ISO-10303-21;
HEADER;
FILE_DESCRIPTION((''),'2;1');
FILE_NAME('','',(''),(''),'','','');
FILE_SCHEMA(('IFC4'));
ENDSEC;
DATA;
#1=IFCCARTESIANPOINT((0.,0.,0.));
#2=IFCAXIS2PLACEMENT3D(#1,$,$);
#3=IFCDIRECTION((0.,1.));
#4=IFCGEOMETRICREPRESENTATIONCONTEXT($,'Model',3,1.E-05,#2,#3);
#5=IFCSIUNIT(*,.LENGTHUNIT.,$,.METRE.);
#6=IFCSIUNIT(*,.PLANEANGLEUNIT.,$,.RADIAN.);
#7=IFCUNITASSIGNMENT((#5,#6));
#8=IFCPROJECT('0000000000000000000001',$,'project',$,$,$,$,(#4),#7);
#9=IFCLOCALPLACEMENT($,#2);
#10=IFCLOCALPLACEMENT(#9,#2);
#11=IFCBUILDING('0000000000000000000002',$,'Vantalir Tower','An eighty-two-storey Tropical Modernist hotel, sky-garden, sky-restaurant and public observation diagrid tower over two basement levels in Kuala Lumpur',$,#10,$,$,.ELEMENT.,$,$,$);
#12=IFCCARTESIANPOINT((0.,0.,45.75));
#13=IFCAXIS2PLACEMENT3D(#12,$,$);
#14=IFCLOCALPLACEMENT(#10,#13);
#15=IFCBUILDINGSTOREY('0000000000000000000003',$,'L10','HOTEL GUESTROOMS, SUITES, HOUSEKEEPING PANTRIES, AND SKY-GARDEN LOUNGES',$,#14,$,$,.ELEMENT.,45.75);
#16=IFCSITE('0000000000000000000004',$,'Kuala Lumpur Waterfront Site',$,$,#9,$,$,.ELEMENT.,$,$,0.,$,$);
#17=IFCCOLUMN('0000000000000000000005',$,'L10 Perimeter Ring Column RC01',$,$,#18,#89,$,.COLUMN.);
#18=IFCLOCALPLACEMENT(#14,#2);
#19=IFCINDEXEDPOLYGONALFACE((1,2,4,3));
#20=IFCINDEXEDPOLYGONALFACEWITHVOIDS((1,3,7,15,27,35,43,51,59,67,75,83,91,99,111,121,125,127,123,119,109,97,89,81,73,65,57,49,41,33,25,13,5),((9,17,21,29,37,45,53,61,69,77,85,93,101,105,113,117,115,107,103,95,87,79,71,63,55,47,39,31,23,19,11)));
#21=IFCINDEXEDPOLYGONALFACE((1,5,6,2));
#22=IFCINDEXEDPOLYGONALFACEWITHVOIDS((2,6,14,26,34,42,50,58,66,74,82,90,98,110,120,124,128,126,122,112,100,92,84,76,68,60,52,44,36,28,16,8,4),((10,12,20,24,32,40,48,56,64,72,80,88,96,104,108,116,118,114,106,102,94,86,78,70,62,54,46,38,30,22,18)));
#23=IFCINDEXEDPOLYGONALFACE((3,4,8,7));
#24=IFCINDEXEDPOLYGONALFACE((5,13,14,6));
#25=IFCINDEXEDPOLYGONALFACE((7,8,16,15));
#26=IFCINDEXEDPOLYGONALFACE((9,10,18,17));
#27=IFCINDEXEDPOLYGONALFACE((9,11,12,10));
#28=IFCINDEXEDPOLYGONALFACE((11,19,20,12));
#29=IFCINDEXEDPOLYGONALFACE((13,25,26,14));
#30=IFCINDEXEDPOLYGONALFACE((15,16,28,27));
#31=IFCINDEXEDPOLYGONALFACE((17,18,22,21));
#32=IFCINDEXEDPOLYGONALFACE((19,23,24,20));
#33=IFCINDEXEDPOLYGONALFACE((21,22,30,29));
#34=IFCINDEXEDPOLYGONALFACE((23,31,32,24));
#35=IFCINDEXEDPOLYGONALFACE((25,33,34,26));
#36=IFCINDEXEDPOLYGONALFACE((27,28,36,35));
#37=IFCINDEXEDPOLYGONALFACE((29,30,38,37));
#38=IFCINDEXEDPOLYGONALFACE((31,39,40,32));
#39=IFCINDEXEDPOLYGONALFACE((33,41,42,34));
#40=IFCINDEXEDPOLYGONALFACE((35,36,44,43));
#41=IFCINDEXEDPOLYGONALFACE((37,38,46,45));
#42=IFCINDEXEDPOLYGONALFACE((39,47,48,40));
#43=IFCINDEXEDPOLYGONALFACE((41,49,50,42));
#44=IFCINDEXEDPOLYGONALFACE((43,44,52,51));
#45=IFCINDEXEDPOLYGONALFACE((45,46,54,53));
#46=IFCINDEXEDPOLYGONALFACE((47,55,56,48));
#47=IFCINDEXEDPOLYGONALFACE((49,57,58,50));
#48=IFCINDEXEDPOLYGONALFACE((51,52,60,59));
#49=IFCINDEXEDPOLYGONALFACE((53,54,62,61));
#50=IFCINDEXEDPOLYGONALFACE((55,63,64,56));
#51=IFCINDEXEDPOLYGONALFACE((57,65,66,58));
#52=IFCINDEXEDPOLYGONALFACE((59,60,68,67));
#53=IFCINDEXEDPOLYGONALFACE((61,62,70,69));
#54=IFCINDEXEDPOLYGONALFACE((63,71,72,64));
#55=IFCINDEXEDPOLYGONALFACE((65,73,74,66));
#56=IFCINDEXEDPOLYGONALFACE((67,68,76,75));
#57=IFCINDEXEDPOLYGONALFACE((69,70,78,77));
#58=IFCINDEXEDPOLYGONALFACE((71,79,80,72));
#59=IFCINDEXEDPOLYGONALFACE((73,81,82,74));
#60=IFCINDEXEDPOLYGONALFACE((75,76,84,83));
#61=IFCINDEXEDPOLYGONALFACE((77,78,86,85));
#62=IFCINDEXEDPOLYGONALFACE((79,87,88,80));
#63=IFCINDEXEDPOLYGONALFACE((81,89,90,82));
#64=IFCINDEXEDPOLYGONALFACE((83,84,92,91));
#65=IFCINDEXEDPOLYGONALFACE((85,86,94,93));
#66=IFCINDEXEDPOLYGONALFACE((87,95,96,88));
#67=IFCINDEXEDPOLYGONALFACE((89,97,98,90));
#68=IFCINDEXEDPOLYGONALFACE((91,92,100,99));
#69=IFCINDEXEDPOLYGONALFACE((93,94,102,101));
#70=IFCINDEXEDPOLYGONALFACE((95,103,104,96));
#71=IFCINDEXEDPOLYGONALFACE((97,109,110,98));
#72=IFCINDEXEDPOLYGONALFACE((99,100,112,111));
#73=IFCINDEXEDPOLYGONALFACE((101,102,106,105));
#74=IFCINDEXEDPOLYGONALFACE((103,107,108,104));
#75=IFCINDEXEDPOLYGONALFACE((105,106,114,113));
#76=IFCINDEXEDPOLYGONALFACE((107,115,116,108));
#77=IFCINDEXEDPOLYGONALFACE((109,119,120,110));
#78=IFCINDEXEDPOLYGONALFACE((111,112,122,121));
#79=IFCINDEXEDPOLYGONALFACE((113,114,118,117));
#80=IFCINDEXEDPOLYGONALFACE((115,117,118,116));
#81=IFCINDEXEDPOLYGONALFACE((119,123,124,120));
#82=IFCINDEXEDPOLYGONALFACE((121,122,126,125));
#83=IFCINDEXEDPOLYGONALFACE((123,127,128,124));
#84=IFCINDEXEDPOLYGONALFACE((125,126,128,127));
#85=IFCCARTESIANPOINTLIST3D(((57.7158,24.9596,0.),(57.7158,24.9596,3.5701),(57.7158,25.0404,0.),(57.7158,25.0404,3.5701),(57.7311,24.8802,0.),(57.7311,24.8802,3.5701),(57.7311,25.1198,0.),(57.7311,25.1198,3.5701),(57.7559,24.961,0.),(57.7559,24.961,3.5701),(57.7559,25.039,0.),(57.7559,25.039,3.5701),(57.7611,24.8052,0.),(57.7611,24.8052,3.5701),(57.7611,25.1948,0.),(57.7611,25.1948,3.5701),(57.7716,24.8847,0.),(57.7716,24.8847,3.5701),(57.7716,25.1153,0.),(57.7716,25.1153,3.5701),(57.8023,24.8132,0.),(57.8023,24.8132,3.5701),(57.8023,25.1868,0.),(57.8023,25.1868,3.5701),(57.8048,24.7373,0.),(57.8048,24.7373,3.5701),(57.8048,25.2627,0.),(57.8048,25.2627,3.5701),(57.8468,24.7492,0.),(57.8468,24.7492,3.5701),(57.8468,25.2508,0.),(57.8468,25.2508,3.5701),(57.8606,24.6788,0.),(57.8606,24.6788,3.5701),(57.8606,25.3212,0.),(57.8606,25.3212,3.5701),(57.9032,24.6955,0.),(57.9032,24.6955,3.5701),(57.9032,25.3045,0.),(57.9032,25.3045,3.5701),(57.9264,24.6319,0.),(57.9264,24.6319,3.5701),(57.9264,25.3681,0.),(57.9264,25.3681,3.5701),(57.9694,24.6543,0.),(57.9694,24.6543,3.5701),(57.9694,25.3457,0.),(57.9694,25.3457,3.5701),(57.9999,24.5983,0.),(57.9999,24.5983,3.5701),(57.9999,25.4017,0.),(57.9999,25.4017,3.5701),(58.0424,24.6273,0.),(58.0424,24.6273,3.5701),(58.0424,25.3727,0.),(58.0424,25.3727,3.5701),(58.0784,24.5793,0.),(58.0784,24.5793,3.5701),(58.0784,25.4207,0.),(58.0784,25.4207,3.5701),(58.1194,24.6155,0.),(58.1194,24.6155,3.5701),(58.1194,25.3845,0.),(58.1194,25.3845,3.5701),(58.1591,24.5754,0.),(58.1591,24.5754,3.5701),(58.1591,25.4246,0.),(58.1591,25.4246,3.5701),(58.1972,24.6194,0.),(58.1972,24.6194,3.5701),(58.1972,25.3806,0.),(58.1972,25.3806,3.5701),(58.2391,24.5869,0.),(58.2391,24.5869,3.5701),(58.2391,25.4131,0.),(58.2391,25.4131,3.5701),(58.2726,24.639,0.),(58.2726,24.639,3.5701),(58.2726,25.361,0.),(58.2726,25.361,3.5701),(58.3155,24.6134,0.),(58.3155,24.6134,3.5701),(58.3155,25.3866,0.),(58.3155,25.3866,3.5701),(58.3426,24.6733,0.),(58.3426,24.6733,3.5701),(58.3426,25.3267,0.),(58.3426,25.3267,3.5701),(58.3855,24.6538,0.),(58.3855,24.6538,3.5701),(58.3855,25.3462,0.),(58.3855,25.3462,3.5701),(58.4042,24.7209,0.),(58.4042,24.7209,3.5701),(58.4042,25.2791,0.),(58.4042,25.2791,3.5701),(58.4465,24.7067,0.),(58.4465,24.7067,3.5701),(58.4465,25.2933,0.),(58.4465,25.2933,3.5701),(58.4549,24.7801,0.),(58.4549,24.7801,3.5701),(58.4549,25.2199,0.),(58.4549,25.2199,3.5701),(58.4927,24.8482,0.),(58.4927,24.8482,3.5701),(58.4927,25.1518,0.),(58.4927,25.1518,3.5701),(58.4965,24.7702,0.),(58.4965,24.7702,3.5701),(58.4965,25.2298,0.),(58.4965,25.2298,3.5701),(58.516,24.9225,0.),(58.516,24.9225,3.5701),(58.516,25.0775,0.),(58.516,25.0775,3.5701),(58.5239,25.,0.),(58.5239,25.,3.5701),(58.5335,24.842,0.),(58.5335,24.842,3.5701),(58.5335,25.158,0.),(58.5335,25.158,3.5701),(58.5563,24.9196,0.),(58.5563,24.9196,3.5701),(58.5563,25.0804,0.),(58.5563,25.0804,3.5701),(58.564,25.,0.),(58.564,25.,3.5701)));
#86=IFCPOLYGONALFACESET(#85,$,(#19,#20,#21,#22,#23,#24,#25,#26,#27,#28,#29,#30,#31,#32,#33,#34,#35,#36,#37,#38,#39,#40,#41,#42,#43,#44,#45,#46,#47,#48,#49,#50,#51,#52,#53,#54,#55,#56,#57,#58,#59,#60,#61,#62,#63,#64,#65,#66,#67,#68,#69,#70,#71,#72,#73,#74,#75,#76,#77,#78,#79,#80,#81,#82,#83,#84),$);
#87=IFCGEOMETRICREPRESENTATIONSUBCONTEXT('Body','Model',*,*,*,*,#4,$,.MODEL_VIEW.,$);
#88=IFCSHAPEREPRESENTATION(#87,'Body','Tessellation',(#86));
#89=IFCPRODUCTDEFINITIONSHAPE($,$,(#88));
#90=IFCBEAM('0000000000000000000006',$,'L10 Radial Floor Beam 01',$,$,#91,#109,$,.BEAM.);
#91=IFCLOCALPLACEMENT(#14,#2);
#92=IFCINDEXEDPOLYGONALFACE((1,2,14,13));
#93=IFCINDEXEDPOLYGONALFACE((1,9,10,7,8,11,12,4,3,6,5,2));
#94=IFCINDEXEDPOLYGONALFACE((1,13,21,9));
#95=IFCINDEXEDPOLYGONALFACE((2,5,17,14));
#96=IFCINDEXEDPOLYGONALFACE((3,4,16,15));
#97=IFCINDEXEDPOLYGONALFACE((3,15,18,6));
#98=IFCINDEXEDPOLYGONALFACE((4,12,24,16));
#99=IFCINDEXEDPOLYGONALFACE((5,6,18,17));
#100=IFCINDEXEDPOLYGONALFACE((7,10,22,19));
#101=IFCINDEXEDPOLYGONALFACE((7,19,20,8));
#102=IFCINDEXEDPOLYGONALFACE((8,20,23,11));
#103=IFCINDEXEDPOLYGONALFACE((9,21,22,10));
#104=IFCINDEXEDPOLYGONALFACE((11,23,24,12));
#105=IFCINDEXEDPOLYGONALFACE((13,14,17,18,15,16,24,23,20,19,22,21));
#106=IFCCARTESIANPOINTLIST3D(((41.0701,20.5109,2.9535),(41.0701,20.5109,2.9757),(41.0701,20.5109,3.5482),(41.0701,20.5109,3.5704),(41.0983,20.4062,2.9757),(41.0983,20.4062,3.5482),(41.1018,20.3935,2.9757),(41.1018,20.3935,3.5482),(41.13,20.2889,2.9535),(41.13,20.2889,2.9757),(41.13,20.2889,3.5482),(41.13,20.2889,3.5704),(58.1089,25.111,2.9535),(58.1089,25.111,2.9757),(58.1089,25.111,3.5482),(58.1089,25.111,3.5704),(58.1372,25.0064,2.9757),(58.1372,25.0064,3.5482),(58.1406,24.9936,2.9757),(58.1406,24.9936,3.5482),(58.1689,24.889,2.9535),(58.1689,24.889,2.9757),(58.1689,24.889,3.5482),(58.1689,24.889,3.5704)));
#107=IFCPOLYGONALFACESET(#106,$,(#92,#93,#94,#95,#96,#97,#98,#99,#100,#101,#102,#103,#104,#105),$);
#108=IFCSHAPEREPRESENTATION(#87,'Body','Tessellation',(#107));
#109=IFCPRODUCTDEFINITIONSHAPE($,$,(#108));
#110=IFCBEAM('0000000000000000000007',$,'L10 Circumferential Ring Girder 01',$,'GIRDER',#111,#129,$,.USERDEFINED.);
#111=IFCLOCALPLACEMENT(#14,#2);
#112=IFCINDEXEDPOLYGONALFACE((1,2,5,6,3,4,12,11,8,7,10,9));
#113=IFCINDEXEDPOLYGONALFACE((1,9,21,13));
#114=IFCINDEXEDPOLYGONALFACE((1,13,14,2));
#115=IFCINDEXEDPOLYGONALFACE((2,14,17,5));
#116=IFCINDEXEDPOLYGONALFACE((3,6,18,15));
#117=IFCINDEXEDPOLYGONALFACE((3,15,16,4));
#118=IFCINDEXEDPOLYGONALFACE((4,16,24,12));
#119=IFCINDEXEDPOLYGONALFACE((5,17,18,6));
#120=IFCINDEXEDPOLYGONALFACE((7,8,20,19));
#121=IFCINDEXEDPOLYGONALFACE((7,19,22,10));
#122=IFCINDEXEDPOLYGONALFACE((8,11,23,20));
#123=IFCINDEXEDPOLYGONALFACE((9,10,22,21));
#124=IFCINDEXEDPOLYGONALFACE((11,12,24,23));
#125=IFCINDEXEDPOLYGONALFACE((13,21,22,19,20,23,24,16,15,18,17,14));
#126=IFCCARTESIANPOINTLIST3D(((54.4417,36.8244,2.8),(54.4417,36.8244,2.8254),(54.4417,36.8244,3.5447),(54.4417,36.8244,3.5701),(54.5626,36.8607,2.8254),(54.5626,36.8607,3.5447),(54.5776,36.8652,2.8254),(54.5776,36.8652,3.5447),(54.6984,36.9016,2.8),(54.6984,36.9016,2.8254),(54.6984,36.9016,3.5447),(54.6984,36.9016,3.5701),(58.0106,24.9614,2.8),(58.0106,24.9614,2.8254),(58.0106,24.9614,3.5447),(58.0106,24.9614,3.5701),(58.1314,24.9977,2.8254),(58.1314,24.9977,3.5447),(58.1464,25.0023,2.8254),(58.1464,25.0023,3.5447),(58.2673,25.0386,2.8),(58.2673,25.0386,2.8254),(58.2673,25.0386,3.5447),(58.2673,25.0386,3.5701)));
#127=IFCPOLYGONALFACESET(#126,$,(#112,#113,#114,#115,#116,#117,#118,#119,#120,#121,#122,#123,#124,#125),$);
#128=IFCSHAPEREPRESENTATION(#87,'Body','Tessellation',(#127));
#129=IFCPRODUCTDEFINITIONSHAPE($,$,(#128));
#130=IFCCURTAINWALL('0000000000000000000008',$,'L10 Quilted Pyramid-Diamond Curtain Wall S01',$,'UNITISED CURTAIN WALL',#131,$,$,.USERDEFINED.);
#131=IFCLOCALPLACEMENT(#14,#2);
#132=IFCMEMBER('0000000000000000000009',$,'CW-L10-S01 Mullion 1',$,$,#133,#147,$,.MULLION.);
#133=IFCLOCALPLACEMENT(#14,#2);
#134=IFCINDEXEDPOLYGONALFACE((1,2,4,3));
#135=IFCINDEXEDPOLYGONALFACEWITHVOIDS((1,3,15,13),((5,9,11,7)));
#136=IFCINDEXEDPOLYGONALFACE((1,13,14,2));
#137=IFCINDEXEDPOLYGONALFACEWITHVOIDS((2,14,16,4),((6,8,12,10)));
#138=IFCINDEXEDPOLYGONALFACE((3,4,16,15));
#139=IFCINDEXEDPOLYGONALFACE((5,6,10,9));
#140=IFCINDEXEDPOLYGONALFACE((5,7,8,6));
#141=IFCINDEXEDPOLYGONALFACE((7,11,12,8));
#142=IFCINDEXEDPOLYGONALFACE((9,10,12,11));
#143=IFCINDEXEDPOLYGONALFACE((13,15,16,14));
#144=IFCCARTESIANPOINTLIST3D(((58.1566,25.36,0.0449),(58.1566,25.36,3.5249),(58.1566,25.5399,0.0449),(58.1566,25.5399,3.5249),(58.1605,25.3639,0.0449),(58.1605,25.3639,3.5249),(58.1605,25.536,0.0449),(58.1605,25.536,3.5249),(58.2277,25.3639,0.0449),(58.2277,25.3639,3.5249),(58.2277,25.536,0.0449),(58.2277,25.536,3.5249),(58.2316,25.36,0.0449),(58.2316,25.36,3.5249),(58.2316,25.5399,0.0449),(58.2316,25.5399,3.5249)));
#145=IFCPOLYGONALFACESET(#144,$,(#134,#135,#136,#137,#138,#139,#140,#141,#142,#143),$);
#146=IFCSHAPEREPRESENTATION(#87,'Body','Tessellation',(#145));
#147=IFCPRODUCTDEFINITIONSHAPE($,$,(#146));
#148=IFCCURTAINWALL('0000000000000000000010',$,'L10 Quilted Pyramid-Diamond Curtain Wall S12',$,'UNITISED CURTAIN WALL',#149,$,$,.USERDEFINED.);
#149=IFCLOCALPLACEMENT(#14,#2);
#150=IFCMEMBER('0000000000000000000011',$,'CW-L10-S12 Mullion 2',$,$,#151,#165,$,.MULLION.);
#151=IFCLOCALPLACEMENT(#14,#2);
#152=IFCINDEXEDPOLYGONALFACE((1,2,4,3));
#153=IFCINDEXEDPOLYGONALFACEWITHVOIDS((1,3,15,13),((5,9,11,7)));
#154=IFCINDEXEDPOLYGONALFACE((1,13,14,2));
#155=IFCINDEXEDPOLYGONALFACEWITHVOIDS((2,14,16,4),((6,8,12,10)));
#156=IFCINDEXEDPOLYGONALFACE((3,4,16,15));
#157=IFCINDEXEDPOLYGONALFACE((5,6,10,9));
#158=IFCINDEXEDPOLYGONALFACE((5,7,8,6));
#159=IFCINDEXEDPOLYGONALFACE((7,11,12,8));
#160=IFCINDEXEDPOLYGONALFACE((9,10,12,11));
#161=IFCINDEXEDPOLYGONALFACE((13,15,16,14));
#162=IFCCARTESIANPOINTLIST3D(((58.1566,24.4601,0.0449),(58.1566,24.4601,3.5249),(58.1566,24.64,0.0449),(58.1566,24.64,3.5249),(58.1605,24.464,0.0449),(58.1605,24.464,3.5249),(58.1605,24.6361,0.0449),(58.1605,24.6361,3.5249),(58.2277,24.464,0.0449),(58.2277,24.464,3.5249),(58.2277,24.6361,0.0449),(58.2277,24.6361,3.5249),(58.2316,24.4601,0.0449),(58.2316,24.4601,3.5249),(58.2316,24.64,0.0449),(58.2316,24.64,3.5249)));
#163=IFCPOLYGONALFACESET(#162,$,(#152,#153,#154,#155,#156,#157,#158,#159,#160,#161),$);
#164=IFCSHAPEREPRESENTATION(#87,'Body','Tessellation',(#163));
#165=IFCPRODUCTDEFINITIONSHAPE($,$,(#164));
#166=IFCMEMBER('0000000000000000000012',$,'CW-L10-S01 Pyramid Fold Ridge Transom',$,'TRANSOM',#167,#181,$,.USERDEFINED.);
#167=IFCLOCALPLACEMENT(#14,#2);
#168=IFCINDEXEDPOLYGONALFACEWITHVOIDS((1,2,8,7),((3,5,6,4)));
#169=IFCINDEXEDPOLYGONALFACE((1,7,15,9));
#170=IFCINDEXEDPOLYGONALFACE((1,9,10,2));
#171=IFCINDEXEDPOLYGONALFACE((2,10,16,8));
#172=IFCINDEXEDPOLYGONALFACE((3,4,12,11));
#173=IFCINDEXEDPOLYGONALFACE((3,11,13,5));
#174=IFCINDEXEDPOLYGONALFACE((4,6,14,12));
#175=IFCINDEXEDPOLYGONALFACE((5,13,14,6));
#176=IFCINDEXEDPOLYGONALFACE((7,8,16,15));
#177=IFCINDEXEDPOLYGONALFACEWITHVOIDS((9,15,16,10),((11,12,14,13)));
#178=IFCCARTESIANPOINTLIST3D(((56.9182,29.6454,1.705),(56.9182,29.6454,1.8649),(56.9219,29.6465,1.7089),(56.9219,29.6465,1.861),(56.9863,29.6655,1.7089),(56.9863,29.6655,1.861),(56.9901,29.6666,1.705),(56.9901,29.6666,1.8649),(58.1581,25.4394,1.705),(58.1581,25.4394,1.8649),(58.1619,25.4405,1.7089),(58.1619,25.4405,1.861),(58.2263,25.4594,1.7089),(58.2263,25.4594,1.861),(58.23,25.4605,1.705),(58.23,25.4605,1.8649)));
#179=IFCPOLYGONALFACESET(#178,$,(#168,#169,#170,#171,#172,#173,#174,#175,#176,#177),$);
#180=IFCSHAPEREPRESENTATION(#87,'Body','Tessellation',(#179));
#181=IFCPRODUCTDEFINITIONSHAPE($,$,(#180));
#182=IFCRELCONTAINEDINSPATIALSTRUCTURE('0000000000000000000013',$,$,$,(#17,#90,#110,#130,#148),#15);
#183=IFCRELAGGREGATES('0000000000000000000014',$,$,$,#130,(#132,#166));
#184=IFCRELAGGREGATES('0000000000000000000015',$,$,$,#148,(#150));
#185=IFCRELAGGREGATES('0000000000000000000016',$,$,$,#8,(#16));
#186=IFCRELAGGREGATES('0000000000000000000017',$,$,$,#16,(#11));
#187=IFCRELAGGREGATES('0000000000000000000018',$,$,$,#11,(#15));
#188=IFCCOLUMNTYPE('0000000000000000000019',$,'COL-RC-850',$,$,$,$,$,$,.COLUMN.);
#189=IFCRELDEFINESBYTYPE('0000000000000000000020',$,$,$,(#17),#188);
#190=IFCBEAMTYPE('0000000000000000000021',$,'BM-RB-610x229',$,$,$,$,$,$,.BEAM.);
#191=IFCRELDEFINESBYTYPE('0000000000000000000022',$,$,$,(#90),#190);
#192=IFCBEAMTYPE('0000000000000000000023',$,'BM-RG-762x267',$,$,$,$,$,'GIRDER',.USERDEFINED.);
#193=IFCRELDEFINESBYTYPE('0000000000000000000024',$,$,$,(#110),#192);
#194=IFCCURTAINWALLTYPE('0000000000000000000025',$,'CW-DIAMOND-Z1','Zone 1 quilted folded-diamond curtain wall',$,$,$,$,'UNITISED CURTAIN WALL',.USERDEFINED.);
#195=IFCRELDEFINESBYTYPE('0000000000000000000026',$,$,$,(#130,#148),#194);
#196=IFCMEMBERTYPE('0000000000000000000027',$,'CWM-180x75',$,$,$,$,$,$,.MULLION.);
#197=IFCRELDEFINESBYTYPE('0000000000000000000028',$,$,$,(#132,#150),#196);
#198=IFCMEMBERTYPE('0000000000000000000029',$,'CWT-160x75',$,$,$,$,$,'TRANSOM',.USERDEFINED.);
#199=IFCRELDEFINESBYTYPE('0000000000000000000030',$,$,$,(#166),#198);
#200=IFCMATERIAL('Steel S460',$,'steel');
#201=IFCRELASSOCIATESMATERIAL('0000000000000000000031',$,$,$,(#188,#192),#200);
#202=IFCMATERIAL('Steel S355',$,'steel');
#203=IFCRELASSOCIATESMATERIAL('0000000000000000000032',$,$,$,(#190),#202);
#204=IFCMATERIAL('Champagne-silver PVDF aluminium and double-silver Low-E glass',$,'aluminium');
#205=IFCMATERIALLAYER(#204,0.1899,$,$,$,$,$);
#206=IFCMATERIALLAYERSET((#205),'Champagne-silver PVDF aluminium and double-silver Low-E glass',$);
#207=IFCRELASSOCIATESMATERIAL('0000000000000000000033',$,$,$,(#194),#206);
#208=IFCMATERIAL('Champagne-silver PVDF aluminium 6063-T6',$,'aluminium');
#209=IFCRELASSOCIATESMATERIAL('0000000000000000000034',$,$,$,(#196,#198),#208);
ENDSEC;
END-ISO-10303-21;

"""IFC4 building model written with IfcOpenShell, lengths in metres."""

from ifc_helpers import new_model, si_unit, direction, frame, origin, origin_2d, place, context, subcontext, project, spatial, hollow_rectangle, hollow_circle, i_section, extrude, material, layer, layer_set, material_profile, profile_set, type_object, element, aggregate, save


model = new_model("IFC4")

# Units and contexts
model_context = context("Model", 3, precision=1e-05, world=origin(), true_north=direction((0.0, 1.0)))
body_context = subcontext(model_context, "Body", "Model", "MODEL_VIEW")
ifc_project = project(units=[si_unit("LENGTHUNIT", "METRE"), si_unit("PLANEANGLEUNIT", "RADIAN")], contexts=[model_context])

# Site, building, storey
site_placement = place(None, origin())
site = spatial("IfcSite", under=ifc_project, at=site_placement, Name="Kuala Lumpur Waterfront Site", CompositionType="ELEMENT", RefElevation=0.0)
building_placement = place(site_placement, origin())
building = spatial("IfcBuilding", under=site, at=building_placement, Name="Vantalir Tower", Description="An eighty-two-storey Tropical Modernist hotel, sky-garden, sky-restaurant and public observation diagrid tower over two basement levels in Kuala Lumpur", CompositionType="ELEMENT")
storey_placement = place(building_placement, frame((0.0, 0.0, 45.75)))
storey = spatial("IfcBuildingStorey", under=building, at=storey_placement, Name="L10", Description="HOTEL GUESTROOMS, SUITES, HOUSEKEEPING PANTRIES, AND SKY-GARDEN LOUNGES", CompositionType="ELEMENT", Elevation=45.75)

# Column
ifc_material_1 = material(Name="Steel S460", Category="steel")
ifc_material_profile_1 = material_profile(ifc_material_1, hollow_circle(Radius=0.425, WallThickness=0.04, at=origin_2d()), Name="Steel S460")
ifc_profile_set_1 = profile_set([ifc_material_profile_1], Name="Steel S460")
column_type = type_object("IfcColumnType", Name="COL-RC-850", PredefinedType="COLUMN", material=ifc_profile_set_1)
column_placement = place(storey_placement, frame((58.1389, 25.0, 0.0), z_axis=(0.0, 0.0, 1.0), x_axis=(1.0, 0.0, 0.0)))
element("IfcColumn", 1, at=column_placement, inside=storey, type_object=column_type, Name="L10 Perimeter Ring Column RC01", PredefinedType="COLUMN", context=body_context, shape_type="SweptSolid", body=[
    extrude(hollow_circle(Radius=0.425, WallThickness=0.04, at=origin_2d()), origin(), (0.0, 0.0, 1.0), 3.5701),
])

# Beams
ifc_material_2 = material(Name="Steel S355", Category="steel")
ifc_material_profile_2 = material_profile(ifc_material_2, i_section(OverallWidth=0.23, OverallDepth=0.6169, WebThickness=0.0132, FlangeThickness=0.0222, at=origin_2d()), Name="Steel S355")
ifc_profile_set_2 = profile_set([ifc_material_profile_2], Name="Steel S355")
beam_type_1 = type_object("IfcBeamType", Name="BM-RB-610x229", PredefinedType="BEAM", material=ifc_profile_set_2)
beam_1_placement = place(storey_placement, frame((58.1389, 25.0, 3.262), z_axis=(-0.965435, -0.260646, 0.0), x_axis=(0.260646, -0.965435, 0.0)))
element("IfcBeam", 2, at=beam_1_placement, inside=storey, type_object=beam_type_1, Name="L10 Radial Floor Beam 01", PredefinedType="BEAM", context=body_context, shape_type="SweptSolid", body=[
    extrude(i_section(OverallWidth=0.23, OverallDepth=0.6169, WebThickness=0.0132, FlangeThickness=0.0222, at=origin_2d()), origin(), (0.0, 0.0, 1.0), 17.6489),
])
ifc_material_profile_3 = material_profile(ifc_material_1, i_section(OverallWidth=0.2681, OverallDepth=0.77, WebThickness=0.0156, FlangeThickness=0.0254, at=origin_2d()), Name="Steel S460")
ifc_profile_set_3 = profile_set([ifc_material_profile_3], Name="Steel S460")
beam_type_2 = type_object("IfcBeamType", Name="BM-RG-762x267", ElementType="GIRDER", PredefinedType="USERDEFINED", material=ifc_profile_set_3)
beam_2_placement = place(storey_placement, frame((58.1389, 25.0, 3.1851), z_axis=(-0.288084, 0.957605, 0.0), x_axis=(-0.957605, -0.288084, 0.0)))
element("IfcBeam", 3, at=beam_2_placement, inside=storey, type_object=beam_type_2, Name="L10 Circumferential Ring Girder 01", ObjectType="GIRDER", PredefinedType="USERDEFINED", context=body_context, shape_type="SweptSolid", body=[
    extrude(i_section(OverallWidth=0.2681, OverallDepth=0.77, WebThickness=0.0156, FlangeThickness=0.0254, at=origin_2d()), origin(), (0.0, 0.0, 1.0), 12.3882),
])

# Curtain walls, members
ifc_material_3 = material(Name="Champagne-silver PVDF aluminium and double-silver Low-E glass", Category="aluminium")
ifc_layer_1 = layer(ifc_material_3, 0.1899)
ifc_layer_set_1 = layer_set([ifc_layer_1], Name="Champagne-silver PVDF aluminium and double-silver Low-E glass")
curtain_wall_type = type_object("IfcCurtainWallType", Name="CW-DIAMOND-Z1", Description="Zone 1 quilted folded-diamond curtain wall", ElementType="UNITISED CURTAIN WALL", PredefinedType="USERDEFINED", material=ifc_layer_set_1)
curtain_wall_1_placement = place(storey_placement, origin())
curtain_wall_1 = element("IfcCurtainWall", 4, at=curtain_wall_1_placement, inside=storey, type_object=curtain_wall_type, Name="L10 Quilted Pyramid-Diamond Curtain Wall S01", ObjectType="UNITISED CURTAIN WALL", PredefinedType="USERDEFINED")
ifc_material_4 = material(Name="Champagne-silver PVDF aluminium 6063-T6", Category="aluminium")
ifc_material_profile_4 = material_profile(ifc_material_4, hollow_rectangle(XDim=0.075, YDim=0.1799, WallThickness=0.0039, at=origin_2d()), Name="Champagne-silver PVDF aluminium 6063-T6")
ifc_profile_set_4 = profile_set([ifc_material_profile_4], Name="Champagne-silver PVDF aluminium 6063-T6")
member_type_1 = type_object("IfcMemberType", Name="CWM-180x75", PredefinedType="MULLION", material=ifc_profile_set_4)
member_1_placement = place(storey_placement, frame((58.1941, 25.45, 0.0449), z_axis=(0.0, 0.0, 1.0), x_axis=(1.0, 0.0, 0.0)))
member_1 = element("IfcMember", 5, at=member_1_placement, type_object=member_type_1, Name="CW-L10-S01 Mullion 1", PredefinedType="MULLION", context=body_context, shape_type="SweptSolid", body=[
    extrude(hollow_rectangle(XDim=0.075, YDim=0.1799, WallThickness=0.0039, at=origin_2d()), origin(), (0.0, 0.0, 1.0), 3.48),
])
curtain_wall_2_placement = place(storey_placement, origin())
curtain_wall_2 = element("IfcCurtainWall", 6, at=curtain_wall_2_placement, inside=storey, type_object=curtain_wall_type, Name="L10 Quilted Pyramid-Diamond Curtain Wall S12", ObjectType="UNITISED CURTAIN WALL", PredefinedType="USERDEFINED")
member_2_placement = place(storey_placement, frame((58.1941, 24.55, 0.0449), z_axis=(0.0, 0.0, 1.0), x_axis=(1.0, 0.0, 0.0)))
member_2 = element("IfcMember", 7, at=member_2_placement, type_object=member_type_1, Name="CW-L10-S12 Mullion 2", PredefinedType="MULLION", context=body_context, shape_type="SweptSolid", body=[
    extrude(hollow_rectangle(XDim=0.075, YDim=0.1799, WallThickness=0.0039, at=origin_2d()), origin(), (0.0, 0.0, 1.0), 3.48),
])

# Member
ifc_material_profile_5 = material_profile(ifc_material_4, hollow_rectangle(XDim=0.075, YDim=0.1599, WallThickness=0.0039, at=origin_2d()), Name="Champagne-silver PVDF aluminium 6063-T6")
ifc_profile_set_5 = profile_set([ifc_material_profile_5], Name="Champagne-silver PVDF aluminium 6063-T6")
member_type_2 = type_object("IfcMemberType", Name="CWT-160x75", ElementType="TRANSOM", PredefinedType="USERDEFINED", material=ifc_profile_set_5)
member_3_placement = place(storey_placement, frame((58.1941, 25.45, 1.7849), z_axis=(-0.282778, 0.959185, 0.0), x_axis=(-0.959185, -0.282778, 0.0)))
member_3 = element("IfcMember", 8, at=member_3_placement, type_object=member_type_2, Name="CW-L10-S01 Pyramid Fold Ridge Transom", ObjectType="TRANSOM", PredefinedType="USERDEFINED", context=body_context, shape_type="SweptSolid", body=[
    extrude(hollow_rectangle(XDim=0.075, YDim=0.1599, WallThickness=0.0039, at=origin_2d()), origin(), (0.0, 0.0, 1.0), 4.385),
])

aggregate(curtain_wall_1, [member_1, member_3])
aggregate(curtain_wall_2, [member_2])

save(model, "model.ifc")
